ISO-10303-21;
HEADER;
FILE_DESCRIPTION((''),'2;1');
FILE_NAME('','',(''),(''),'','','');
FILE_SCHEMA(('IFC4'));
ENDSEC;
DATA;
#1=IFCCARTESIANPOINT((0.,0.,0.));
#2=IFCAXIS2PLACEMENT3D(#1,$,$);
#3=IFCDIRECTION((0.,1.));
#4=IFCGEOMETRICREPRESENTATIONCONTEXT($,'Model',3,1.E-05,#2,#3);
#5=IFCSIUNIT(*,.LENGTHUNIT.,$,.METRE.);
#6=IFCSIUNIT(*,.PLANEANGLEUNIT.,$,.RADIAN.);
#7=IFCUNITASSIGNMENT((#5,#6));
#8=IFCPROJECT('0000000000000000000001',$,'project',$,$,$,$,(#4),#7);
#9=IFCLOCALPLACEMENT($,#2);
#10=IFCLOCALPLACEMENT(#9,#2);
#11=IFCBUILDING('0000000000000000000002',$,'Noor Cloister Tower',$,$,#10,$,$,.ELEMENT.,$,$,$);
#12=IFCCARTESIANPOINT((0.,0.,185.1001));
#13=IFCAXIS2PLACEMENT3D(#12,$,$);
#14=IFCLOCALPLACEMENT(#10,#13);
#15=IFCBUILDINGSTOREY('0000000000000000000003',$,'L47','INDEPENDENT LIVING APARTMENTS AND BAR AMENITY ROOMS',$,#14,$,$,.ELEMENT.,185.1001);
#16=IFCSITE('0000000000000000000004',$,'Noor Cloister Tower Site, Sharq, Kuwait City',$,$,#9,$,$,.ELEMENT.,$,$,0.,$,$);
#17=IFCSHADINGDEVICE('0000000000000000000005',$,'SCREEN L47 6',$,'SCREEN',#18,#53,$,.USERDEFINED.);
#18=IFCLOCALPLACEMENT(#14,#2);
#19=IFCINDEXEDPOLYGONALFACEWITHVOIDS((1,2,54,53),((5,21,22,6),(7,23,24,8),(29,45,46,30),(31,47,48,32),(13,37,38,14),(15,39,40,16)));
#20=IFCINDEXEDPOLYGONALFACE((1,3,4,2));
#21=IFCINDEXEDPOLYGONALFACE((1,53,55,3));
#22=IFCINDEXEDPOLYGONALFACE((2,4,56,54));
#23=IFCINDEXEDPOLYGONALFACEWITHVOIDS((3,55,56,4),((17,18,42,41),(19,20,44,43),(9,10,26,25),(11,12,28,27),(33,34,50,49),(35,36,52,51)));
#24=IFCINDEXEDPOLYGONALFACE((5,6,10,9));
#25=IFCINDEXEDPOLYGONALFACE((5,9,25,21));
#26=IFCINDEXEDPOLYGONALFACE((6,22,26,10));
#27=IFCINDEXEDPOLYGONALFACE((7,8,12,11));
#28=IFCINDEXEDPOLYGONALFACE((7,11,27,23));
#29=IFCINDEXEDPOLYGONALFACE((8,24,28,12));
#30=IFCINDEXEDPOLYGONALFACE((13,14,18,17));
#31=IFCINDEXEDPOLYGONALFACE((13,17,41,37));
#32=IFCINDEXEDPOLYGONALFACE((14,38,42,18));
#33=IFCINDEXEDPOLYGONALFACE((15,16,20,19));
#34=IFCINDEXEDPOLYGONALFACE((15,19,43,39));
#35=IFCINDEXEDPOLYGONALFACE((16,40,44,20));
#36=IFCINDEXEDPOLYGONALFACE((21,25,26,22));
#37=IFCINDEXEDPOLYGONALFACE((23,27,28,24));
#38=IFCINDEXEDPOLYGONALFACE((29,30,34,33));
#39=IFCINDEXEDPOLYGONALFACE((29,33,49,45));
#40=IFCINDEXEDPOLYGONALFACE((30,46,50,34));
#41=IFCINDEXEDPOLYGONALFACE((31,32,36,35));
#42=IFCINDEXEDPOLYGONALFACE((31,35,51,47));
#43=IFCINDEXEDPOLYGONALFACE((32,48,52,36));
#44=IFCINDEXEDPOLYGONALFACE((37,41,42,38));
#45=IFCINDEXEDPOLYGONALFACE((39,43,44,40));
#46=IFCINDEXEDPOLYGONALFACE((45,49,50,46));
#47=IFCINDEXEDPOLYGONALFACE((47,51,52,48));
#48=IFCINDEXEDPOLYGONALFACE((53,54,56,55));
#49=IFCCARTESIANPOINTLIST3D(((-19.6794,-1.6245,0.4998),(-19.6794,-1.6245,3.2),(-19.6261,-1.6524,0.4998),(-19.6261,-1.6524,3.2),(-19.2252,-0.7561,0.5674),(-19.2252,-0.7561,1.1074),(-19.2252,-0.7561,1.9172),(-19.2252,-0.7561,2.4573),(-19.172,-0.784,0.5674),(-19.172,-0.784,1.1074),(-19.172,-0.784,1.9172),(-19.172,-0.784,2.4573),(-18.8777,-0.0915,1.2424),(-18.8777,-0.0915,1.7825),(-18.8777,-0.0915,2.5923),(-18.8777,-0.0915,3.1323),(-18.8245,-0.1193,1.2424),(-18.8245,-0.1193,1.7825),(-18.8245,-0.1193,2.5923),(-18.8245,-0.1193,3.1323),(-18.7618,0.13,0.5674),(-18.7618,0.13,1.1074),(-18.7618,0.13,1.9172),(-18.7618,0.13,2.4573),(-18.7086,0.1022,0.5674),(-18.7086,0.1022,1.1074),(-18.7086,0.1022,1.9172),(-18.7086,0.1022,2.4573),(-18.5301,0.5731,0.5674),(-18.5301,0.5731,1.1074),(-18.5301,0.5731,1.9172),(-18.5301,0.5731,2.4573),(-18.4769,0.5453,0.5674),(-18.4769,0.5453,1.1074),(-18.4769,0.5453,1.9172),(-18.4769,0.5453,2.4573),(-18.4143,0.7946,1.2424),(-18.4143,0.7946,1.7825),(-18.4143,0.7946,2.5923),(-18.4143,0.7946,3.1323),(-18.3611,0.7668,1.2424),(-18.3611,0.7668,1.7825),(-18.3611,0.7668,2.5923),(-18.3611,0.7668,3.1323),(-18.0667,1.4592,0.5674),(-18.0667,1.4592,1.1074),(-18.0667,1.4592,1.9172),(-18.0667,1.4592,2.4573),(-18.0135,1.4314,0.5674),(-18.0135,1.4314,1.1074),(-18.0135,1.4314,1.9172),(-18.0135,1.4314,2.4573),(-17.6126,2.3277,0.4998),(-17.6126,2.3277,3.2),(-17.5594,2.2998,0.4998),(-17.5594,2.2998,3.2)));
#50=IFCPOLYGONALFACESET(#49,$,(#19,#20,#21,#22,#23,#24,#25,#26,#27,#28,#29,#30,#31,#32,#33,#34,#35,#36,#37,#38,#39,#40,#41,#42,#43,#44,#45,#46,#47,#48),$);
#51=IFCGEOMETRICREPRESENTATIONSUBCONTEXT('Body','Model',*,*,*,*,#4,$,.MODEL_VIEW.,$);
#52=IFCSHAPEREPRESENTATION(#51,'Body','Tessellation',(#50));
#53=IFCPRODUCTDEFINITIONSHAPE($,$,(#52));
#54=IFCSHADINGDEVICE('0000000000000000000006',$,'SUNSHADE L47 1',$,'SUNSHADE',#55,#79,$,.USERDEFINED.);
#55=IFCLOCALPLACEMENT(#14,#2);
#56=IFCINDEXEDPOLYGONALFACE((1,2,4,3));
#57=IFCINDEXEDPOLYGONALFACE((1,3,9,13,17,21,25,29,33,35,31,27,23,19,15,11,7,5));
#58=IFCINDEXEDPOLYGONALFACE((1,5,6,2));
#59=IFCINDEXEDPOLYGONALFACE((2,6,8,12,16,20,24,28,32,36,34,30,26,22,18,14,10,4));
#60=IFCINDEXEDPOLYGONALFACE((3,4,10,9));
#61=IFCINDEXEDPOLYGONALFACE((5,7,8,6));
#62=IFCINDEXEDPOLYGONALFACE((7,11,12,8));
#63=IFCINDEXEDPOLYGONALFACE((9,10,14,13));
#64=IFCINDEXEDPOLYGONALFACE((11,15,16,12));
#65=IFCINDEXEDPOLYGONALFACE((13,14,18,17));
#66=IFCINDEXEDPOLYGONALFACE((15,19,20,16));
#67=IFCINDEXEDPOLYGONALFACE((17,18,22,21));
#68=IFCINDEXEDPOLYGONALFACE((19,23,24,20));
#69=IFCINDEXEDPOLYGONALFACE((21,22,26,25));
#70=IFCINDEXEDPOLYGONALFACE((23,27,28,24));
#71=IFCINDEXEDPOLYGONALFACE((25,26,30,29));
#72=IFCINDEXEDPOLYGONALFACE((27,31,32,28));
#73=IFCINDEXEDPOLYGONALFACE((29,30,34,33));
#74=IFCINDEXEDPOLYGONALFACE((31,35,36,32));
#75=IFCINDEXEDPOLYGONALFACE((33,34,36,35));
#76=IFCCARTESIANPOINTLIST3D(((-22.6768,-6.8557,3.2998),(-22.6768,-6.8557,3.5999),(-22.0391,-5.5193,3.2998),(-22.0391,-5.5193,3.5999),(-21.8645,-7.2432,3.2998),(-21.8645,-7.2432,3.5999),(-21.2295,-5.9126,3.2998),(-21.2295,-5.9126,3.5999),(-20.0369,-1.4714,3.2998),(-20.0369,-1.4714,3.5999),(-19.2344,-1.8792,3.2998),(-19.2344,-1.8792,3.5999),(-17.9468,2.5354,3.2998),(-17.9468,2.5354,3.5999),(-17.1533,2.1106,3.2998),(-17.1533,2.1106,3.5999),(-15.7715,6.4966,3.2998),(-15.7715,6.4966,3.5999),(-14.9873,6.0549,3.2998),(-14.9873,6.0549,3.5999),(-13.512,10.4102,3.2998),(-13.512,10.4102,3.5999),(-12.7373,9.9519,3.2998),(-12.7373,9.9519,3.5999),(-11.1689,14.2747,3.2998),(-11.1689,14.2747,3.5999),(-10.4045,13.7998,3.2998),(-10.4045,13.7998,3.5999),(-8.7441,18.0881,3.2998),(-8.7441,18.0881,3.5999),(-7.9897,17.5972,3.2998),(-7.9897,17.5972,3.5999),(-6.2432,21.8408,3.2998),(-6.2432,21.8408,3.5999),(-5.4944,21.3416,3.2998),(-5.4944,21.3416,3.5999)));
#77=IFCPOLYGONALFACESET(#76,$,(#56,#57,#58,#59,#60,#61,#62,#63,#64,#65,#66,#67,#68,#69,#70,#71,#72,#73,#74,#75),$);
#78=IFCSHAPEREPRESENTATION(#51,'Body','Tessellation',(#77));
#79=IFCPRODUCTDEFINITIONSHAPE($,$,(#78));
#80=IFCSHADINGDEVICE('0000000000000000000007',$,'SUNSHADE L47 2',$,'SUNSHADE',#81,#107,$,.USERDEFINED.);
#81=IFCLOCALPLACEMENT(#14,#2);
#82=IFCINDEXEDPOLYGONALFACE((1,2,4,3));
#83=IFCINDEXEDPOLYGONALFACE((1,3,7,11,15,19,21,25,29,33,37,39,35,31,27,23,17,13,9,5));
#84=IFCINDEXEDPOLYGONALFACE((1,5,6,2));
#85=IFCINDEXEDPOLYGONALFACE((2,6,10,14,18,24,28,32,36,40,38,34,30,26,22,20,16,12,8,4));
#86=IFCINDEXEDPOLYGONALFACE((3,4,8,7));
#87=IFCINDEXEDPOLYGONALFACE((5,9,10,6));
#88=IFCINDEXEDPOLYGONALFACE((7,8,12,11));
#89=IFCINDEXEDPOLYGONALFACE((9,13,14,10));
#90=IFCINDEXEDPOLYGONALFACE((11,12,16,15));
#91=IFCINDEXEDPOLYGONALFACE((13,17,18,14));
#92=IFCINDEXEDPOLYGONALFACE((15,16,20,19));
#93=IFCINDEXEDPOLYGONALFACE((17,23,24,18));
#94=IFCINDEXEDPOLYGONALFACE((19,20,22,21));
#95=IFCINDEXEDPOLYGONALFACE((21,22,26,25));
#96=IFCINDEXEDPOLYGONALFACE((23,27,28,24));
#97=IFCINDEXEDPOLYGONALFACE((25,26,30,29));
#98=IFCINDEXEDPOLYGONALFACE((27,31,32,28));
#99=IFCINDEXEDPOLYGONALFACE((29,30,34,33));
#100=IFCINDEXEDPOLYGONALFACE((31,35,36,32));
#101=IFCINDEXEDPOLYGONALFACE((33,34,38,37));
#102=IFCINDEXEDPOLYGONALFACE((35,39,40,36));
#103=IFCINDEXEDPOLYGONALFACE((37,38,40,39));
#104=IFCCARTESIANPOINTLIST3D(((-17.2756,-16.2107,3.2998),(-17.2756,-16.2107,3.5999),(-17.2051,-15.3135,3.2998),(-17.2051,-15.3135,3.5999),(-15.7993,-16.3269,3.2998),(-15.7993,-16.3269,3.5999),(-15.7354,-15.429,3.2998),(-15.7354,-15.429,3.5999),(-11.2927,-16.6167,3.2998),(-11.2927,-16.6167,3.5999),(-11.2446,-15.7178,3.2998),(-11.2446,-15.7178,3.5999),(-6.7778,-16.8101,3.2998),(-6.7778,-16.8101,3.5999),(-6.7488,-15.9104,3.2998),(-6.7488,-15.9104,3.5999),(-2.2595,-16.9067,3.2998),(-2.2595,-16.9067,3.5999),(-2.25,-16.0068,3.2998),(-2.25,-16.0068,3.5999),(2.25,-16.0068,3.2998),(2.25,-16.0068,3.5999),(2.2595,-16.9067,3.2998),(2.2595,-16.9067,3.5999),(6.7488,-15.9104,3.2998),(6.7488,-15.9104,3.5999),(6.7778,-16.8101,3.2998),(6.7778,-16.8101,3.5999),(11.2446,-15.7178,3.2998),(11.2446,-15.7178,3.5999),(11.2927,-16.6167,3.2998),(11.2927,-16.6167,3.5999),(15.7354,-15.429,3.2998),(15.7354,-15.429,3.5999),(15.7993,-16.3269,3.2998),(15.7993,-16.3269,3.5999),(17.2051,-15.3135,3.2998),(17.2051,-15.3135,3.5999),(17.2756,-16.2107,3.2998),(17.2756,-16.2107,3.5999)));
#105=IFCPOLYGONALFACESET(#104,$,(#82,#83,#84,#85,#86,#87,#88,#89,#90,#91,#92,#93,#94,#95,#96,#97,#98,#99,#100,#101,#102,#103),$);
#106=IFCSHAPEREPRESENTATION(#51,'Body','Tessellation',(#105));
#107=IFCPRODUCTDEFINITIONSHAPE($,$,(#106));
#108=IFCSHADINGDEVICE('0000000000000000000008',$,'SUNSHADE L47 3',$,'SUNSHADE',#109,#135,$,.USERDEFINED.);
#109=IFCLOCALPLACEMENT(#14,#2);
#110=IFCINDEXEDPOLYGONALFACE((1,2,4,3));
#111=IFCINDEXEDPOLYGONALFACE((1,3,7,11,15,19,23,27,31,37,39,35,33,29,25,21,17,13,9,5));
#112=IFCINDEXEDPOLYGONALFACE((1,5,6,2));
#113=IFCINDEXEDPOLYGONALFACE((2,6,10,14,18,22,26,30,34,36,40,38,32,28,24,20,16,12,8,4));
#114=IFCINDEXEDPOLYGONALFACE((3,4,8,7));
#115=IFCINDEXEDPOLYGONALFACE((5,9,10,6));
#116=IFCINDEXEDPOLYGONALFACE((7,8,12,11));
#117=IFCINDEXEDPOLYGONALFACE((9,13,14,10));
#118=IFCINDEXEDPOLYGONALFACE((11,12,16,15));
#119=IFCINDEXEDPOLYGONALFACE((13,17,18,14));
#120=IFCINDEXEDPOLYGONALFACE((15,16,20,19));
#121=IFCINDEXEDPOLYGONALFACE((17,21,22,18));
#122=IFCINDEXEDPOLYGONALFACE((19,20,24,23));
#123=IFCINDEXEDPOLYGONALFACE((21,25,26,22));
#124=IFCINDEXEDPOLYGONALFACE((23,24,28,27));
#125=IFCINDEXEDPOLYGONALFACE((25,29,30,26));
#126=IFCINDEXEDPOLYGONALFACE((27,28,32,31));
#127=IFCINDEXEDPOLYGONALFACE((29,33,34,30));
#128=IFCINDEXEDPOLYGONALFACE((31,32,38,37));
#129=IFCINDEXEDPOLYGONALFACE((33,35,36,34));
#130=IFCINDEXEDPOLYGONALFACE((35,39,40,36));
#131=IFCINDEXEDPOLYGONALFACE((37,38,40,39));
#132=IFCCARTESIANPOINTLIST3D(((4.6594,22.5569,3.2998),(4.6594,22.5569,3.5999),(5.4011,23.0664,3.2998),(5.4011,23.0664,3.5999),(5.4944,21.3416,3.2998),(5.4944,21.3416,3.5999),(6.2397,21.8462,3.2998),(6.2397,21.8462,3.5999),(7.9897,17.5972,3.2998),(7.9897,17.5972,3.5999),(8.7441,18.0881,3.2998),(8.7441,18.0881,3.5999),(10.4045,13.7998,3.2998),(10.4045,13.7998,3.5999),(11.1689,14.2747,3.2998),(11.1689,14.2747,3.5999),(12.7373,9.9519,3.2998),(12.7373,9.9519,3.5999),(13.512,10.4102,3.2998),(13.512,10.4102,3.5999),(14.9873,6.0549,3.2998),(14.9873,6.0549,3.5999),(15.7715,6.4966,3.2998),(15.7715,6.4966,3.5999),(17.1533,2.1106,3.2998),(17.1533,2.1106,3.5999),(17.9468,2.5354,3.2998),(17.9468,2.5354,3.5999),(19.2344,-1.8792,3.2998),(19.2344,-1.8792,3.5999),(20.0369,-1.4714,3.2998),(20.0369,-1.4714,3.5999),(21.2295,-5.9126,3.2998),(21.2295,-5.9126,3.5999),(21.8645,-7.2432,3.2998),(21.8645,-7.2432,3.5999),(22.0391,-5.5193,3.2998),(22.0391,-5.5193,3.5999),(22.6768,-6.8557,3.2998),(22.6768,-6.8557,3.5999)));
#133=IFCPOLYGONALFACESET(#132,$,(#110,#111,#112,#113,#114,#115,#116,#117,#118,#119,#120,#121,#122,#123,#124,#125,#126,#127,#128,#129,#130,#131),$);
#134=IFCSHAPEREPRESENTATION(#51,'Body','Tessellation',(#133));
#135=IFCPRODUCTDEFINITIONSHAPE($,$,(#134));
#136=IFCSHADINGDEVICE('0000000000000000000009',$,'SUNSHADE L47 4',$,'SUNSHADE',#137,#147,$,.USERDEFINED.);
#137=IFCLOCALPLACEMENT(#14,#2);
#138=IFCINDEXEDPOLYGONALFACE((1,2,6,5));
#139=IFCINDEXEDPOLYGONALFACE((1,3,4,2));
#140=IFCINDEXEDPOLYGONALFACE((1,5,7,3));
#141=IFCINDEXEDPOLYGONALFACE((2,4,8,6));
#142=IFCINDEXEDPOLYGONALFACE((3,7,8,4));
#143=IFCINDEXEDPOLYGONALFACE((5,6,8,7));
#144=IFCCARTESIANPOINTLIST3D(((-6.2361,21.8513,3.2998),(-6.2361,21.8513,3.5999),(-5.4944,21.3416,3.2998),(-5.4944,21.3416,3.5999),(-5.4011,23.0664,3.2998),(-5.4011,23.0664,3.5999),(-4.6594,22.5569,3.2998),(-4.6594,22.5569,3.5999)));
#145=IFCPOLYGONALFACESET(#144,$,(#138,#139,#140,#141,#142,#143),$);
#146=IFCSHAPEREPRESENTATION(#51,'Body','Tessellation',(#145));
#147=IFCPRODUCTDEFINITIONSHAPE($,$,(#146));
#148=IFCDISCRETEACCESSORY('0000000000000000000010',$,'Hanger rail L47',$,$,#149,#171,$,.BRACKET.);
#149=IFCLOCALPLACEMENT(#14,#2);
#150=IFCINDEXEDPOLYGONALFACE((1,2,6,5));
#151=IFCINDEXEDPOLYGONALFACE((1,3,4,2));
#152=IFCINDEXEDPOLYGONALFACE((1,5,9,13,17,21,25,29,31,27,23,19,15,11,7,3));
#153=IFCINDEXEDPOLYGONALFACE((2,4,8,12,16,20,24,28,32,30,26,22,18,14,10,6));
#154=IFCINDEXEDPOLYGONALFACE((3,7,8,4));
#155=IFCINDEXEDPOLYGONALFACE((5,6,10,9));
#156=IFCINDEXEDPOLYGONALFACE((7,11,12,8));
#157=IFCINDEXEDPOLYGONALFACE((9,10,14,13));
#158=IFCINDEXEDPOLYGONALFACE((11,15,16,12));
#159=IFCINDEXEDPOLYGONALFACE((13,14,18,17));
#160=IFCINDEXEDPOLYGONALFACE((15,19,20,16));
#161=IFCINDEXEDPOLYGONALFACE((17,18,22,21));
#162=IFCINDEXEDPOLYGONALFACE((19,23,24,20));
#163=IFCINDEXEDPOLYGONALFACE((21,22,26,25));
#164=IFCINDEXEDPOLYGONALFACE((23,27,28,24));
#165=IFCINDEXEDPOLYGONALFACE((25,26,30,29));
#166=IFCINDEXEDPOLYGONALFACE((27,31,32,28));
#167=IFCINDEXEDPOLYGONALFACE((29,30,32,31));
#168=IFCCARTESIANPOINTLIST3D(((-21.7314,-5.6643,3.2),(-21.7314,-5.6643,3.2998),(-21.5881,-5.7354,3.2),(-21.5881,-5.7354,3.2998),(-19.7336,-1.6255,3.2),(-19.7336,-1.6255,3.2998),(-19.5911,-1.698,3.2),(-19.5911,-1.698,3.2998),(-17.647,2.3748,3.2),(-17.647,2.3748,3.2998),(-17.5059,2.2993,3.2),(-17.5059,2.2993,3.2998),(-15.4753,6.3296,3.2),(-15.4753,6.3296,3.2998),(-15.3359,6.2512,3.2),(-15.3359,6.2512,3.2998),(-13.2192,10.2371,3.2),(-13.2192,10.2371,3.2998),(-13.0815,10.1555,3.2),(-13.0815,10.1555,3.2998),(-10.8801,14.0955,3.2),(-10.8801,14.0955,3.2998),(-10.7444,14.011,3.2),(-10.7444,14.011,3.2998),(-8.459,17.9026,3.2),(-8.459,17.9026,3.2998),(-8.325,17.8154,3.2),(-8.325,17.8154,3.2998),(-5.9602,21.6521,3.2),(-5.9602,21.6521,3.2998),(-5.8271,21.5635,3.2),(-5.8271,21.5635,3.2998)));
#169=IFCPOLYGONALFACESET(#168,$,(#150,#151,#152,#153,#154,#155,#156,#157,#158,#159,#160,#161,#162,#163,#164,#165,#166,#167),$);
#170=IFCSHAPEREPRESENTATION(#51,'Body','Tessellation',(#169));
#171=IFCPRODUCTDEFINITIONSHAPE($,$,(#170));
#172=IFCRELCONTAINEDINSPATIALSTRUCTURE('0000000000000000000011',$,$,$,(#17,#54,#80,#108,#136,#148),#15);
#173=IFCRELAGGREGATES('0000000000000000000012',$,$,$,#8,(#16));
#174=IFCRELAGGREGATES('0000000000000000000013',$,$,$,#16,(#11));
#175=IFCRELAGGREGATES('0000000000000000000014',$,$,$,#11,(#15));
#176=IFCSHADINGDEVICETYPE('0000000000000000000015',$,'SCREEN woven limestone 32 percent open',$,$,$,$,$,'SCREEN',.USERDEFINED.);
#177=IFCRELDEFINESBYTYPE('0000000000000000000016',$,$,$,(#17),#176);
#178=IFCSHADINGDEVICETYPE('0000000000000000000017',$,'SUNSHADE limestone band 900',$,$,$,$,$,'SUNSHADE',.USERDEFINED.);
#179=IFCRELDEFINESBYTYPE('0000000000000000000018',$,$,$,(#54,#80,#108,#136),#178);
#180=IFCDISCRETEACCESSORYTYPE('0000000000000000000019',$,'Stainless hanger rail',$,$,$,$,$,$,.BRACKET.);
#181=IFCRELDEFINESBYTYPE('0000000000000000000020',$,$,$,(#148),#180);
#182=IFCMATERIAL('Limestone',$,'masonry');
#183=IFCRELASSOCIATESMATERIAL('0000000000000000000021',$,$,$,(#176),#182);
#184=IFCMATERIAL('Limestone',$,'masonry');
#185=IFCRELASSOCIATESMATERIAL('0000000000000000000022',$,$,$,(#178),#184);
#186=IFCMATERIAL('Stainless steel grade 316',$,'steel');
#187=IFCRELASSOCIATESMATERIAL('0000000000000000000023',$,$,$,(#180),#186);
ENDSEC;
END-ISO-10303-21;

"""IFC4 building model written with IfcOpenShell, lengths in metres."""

from ifc_helpers import new_model, si_unit, direction, frame, origin, place, context, subcontext, project, spatial, polyline, outline, extrude, material, material_profile, profile_set, type_object, element, save


model = new_model("IFC4")

# Units and contexts
model_context = context("Model", 3, precision=1e-05, world=origin(), true_north=direction((0.0, 1.0)))
body_context = subcontext(model_context, "Body", "Model", "MODEL_VIEW")
ifc_project = project(units=[si_unit("LENGTHUNIT", "METRE"), si_unit("PLANEANGLEUNIT", "RADIAN")], contexts=[model_context])

# Site, building, storey
site_placement = place(None, origin())
site = spatial("IfcSite", under=ifc_project, at=site_placement, Name="Noor Cloister Tower Site, Sharq, Kuwait City", CompositionType="ELEMENT", RefElevation=0.0)
building_placement = place(site_placement, origin())
building = spatial("IfcBuilding", under=site, at=building_placement, Name="Noor Cloister Tower", CompositionType="ELEMENT")
storey_placement = place(building_placement, frame((0.0, 0.0, 185.1001)))
storey = spatial("IfcBuildingStorey", under=building, at=storey_placement, Name="L47", Description="INDEPENDENT LIVING APARTMENTS AND BAR AMENITY ROOMS", CompositionType="ELEMENT", Elevation=185.1001)

# Shading devices
ifc_material_1 = material(Name="Limestone", Category="masonry")
ifc_material_profile_1 = material_profile(ifc_material_1, outline(polyline([(-2.23, -1.3501), (2.23, -1.3501), (2.23, 1.3501), (-2.23, 1.3501), (-2.23, -1.3501)]), holes=[polyline([(-1.25, -1.2825), (-0.25, -1.2825), (-0.25, -0.7424), (-1.25, -0.7424), (-1.25, -1.2825)]), polyline([(0.25, -1.2825), (1.25, -1.2825), (1.25, -0.7424), (0.25, -0.7424), (0.25, -1.2825)]), polyline([(-0.5, -0.6074), (0.5, -0.6074), (0.5, -0.0674), (-0.5, -0.0674), (-0.5, -0.6074)]), polyline([(-1.25, 0.0674), (-0.25, 0.0674), (-0.25, 0.6074), (-1.25, 0.6074), (-1.25, 0.0674)]), polyline([(0.25, 0.0674), (1.25, 0.0674), (1.25, 0.6074), (0.25, 0.6074), (0.25, 0.0674)]), polyline([(-0.5, 0.7424), (0.5, 0.7424), (0.5, 1.2825), (-0.5, 1.2825), (-0.5, 0.7424)])]), Name="Woven screen 32 percent open")
ifc_profile_set_1 = profile_set([ifc_material_profile_1], Name="Limestone")
shading_device_type_1 = type_object("IfcShadingDeviceType", Name="SCREEN woven limestone 32 percent open", ElementType="SCREEN", PredefinedType="USERDEFINED", material=ifc_profile_set_1)
for number, where, z_axis, x_axis, name in (
    (1, (-18.5928, 0.3237, 1.8499), (-0.88615, 0.463399, 0.0), (-0.463399, -0.88615, 0.0), "SCREEN L47 6"),
):
    element("IfcShadingDevice", number, at=place(storey_placement, frame(where, z_axis=z_axis, x_axis=x_axis)), inside=storey, type_object=shading_device_type_1, Name=name, ObjectType="SCREEN", PredefinedType="USERDEFINED", context=body_context, shape_type="SweptSolid", body=[
        extrude(outline(polyline([(-2.23, -1.3501), (2.23, -1.3501), (2.23, 1.3501), (-2.23, 1.3501), (-2.23, -1.3501)]), holes=[polyline([(-1.25, -1.2825), (-0.25, -1.2825), (-0.25, -0.7424), (-1.25, -0.7424), (-1.25, -1.2825)]), polyline([(0.25, -1.2825), (1.25, -1.2825), (1.25, -0.7424), (0.25, -0.7424), (0.25, -1.2825)]), polyline([(-0.5, -0.6074), (0.5, -0.6074), (0.5, -0.0674), (-0.5, -0.0674), (-0.5, -0.6074)]), polyline([(-1.25, 0.0674), (-0.25, 0.0674), (-0.25, 0.6074), (-1.25, 0.6074), (-1.25, 0.0674)]), polyline([(0.25, 0.0674), (1.25, 0.0674), (1.25, 0.6074), (0.25, 0.6074), (0.25, 0.0674)]), polyline([(-0.5, 0.7424), (0.5, 0.7424), (0.5, 1.2825), (-0.5, 1.2825), (-0.5, 0.7424)])]), origin(), (0.0, 0.0, 1.0), 0.0601),
    ])
ifc_material_2 = material(Name="Limestone", Category="masonry")
shading_device_type_2 = type_object("IfcShadingDeviceType", Name="SUNSHADE limestone band 900", ElementType="SUNSHADE", PredefinedType="USERDEFINED", material=ifc_material_2)
shading_device_1_placement = place(storey_placement, frame((0.0, 0.0, 3.2998)))
element("IfcShadingDevice", 2, at=shading_device_1_placement, inside=storey, type_object=shading_device_type_2, Name="SUNSHADE L47 1", ObjectType="SUNSHADE", PredefinedType="USERDEFINED", context=body_context, shape_type="SweptSolid", body=[
    extrude(outline(polyline([(-6.2432, 21.8408), (-8.7441, 18.0881), (-11.1689, 14.2747), (-13.512, 10.4102), (-15.7715, 6.4966), (-17.9468, 2.5354), (-20.0369, -1.4714), (-22.0391, -5.5193), (-22.6768, -6.8557), (-21.8645, -7.2432), (-21.2295, -5.9126), (-19.2344, -1.8792), (-17.1533, 2.1106), (-14.9873, 6.0549), (-12.7373, 9.9519), (-10.4045, 13.7998), (-7.9897, 17.5972), (-5.4944, 21.3416), (-6.2432, 21.8408)])), origin(), (0.0, 0.0, 1.0), 0.3),
])
shading_device_2_placement = place(storey_placement, frame((0.0, 0.0, 3.2998)))
element("IfcShadingDevice", 3, at=shading_device_2_placement, inside=storey, type_object=shading_device_type_2, Name="SUNSHADE L47 2", ObjectType="SUNSHADE", PredefinedType="USERDEFINED", context=body_context, shape_type="SweptSolid", body=[
    extrude(outline(polyline([(-17.2756, -16.2107), (-15.7993, -16.3269), (-11.2927, -16.6167), (-6.7778, -16.8101), (-2.2595, -16.9067), (2.2595, -16.9067), (6.7778, -16.8101), (11.2927, -16.6167), (15.7993, -16.3269), (17.2756, -16.2107), (17.2051, -15.3135), (15.7354, -15.429), (11.2446, -15.7178), (6.7488, -15.9104), (2.25, -16.0068), (-2.25, -16.0068), (-6.7488, -15.9104), (-11.2446, -15.7178), (-15.7354, -15.429), (-17.2051, -15.3135), (-17.2756, -16.2107)])), origin(), (0.0, 0.0, 1.0), 0.3),
])
shading_device_3_placement = place(storey_placement, frame((0.0, 0.0, 3.2998)))
element("IfcShadingDevice", 4, at=shading_device_3_placement, inside=storey, type_object=shading_device_type_2, Name="SUNSHADE L47 3", ObjectType="SUNSHADE", PredefinedType="USERDEFINED", context=body_context, shape_type="SweptSolid", body=[
    extrude(outline(polyline([(22.6768, -6.8557), (22.0391, -5.5193), (20.0369, -1.4714), (17.9468, 2.5354), (15.7715, 6.4966), (13.512, 10.4102), (11.1689, 14.2747), (8.7441, 18.0881), (6.2397, 21.8462), (5.4011, 23.0664), (4.6594, 22.5569), (5.4944, 21.3416), (7.9897, 17.5972), (10.4045, 13.7998), (12.7373, 9.9519), (14.9873, 6.0549), (17.1533, 2.1106), (19.2344, -1.8792), (21.2295, -5.9126), (21.8645, -7.2432), (22.6768, -6.8557)])), origin(), (0.0, 0.0, 1.0), 0.3),
])
shading_device_4_placement = place(storey_placement, frame((0.0, 0.0, 3.2998)))
element("IfcShadingDevice", 5, at=shading_device_4_placement, inside=storey, type_object=shading_device_type_2, Name="SUNSHADE L47 4", ObjectType="SUNSHADE", PredefinedType="USERDEFINED", context=body_context, shape_type="SweptSolid", body=[
    extrude(outline(polyline([(-5.4011, 23.0664), (-6.2361, 21.8513), (-5.4944, 21.3416), (-4.6594, 22.5569), (-5.4011, 23.0664)])), origin(), (0.0, 0.0, 1.0), 0.3),
])

# Discrete accessory
ifc_material_3 = material(Name="Stainless steel grade 316", Category="steel")
discrete_accessory_type = type_object("IfcDiscreteAccessoryType", Name="Stainless hanger rail", PredefinedType="BRACKET", material=ifc_material_3)
discrete_accessory_1_placement = place(storey_placement, frame((0.0, 0.0, 3.2)))
element("IfcDiscreteAccessory", 6, at=discrete_accessory_1_placement, inside=storey, type_object=discrete_accessory_type, Name="Hanger rail L47", PredefinedType="BRACKET", context=body_context, shape_type="SweptSolid", body=[
    extrude(outline(polyline([(-5.9602, 21.6521), (-8.459, 17.9026), (-10.8801, 14.0955), (-13.2192, 10.2371), (-15.4753, 6.3296), (-17.647, 2.3748), (-19.7336, -1.6255), (-21.7314, -5.6643), (-21.5881, -5.7354), (-19.5911, -1.698), (-17.5059, 2.2993), (-15.3359, 6.2512), (-13.0815, 10.1555), (-10.7444, 14.011), (-8.325, 17.8154), (-5.8271, 21.5635), (-5.9602, 21.6521)])), origin(), (0.0, 0.0, 1.0), 0.0999),
])

save(model, "model.ifc")
